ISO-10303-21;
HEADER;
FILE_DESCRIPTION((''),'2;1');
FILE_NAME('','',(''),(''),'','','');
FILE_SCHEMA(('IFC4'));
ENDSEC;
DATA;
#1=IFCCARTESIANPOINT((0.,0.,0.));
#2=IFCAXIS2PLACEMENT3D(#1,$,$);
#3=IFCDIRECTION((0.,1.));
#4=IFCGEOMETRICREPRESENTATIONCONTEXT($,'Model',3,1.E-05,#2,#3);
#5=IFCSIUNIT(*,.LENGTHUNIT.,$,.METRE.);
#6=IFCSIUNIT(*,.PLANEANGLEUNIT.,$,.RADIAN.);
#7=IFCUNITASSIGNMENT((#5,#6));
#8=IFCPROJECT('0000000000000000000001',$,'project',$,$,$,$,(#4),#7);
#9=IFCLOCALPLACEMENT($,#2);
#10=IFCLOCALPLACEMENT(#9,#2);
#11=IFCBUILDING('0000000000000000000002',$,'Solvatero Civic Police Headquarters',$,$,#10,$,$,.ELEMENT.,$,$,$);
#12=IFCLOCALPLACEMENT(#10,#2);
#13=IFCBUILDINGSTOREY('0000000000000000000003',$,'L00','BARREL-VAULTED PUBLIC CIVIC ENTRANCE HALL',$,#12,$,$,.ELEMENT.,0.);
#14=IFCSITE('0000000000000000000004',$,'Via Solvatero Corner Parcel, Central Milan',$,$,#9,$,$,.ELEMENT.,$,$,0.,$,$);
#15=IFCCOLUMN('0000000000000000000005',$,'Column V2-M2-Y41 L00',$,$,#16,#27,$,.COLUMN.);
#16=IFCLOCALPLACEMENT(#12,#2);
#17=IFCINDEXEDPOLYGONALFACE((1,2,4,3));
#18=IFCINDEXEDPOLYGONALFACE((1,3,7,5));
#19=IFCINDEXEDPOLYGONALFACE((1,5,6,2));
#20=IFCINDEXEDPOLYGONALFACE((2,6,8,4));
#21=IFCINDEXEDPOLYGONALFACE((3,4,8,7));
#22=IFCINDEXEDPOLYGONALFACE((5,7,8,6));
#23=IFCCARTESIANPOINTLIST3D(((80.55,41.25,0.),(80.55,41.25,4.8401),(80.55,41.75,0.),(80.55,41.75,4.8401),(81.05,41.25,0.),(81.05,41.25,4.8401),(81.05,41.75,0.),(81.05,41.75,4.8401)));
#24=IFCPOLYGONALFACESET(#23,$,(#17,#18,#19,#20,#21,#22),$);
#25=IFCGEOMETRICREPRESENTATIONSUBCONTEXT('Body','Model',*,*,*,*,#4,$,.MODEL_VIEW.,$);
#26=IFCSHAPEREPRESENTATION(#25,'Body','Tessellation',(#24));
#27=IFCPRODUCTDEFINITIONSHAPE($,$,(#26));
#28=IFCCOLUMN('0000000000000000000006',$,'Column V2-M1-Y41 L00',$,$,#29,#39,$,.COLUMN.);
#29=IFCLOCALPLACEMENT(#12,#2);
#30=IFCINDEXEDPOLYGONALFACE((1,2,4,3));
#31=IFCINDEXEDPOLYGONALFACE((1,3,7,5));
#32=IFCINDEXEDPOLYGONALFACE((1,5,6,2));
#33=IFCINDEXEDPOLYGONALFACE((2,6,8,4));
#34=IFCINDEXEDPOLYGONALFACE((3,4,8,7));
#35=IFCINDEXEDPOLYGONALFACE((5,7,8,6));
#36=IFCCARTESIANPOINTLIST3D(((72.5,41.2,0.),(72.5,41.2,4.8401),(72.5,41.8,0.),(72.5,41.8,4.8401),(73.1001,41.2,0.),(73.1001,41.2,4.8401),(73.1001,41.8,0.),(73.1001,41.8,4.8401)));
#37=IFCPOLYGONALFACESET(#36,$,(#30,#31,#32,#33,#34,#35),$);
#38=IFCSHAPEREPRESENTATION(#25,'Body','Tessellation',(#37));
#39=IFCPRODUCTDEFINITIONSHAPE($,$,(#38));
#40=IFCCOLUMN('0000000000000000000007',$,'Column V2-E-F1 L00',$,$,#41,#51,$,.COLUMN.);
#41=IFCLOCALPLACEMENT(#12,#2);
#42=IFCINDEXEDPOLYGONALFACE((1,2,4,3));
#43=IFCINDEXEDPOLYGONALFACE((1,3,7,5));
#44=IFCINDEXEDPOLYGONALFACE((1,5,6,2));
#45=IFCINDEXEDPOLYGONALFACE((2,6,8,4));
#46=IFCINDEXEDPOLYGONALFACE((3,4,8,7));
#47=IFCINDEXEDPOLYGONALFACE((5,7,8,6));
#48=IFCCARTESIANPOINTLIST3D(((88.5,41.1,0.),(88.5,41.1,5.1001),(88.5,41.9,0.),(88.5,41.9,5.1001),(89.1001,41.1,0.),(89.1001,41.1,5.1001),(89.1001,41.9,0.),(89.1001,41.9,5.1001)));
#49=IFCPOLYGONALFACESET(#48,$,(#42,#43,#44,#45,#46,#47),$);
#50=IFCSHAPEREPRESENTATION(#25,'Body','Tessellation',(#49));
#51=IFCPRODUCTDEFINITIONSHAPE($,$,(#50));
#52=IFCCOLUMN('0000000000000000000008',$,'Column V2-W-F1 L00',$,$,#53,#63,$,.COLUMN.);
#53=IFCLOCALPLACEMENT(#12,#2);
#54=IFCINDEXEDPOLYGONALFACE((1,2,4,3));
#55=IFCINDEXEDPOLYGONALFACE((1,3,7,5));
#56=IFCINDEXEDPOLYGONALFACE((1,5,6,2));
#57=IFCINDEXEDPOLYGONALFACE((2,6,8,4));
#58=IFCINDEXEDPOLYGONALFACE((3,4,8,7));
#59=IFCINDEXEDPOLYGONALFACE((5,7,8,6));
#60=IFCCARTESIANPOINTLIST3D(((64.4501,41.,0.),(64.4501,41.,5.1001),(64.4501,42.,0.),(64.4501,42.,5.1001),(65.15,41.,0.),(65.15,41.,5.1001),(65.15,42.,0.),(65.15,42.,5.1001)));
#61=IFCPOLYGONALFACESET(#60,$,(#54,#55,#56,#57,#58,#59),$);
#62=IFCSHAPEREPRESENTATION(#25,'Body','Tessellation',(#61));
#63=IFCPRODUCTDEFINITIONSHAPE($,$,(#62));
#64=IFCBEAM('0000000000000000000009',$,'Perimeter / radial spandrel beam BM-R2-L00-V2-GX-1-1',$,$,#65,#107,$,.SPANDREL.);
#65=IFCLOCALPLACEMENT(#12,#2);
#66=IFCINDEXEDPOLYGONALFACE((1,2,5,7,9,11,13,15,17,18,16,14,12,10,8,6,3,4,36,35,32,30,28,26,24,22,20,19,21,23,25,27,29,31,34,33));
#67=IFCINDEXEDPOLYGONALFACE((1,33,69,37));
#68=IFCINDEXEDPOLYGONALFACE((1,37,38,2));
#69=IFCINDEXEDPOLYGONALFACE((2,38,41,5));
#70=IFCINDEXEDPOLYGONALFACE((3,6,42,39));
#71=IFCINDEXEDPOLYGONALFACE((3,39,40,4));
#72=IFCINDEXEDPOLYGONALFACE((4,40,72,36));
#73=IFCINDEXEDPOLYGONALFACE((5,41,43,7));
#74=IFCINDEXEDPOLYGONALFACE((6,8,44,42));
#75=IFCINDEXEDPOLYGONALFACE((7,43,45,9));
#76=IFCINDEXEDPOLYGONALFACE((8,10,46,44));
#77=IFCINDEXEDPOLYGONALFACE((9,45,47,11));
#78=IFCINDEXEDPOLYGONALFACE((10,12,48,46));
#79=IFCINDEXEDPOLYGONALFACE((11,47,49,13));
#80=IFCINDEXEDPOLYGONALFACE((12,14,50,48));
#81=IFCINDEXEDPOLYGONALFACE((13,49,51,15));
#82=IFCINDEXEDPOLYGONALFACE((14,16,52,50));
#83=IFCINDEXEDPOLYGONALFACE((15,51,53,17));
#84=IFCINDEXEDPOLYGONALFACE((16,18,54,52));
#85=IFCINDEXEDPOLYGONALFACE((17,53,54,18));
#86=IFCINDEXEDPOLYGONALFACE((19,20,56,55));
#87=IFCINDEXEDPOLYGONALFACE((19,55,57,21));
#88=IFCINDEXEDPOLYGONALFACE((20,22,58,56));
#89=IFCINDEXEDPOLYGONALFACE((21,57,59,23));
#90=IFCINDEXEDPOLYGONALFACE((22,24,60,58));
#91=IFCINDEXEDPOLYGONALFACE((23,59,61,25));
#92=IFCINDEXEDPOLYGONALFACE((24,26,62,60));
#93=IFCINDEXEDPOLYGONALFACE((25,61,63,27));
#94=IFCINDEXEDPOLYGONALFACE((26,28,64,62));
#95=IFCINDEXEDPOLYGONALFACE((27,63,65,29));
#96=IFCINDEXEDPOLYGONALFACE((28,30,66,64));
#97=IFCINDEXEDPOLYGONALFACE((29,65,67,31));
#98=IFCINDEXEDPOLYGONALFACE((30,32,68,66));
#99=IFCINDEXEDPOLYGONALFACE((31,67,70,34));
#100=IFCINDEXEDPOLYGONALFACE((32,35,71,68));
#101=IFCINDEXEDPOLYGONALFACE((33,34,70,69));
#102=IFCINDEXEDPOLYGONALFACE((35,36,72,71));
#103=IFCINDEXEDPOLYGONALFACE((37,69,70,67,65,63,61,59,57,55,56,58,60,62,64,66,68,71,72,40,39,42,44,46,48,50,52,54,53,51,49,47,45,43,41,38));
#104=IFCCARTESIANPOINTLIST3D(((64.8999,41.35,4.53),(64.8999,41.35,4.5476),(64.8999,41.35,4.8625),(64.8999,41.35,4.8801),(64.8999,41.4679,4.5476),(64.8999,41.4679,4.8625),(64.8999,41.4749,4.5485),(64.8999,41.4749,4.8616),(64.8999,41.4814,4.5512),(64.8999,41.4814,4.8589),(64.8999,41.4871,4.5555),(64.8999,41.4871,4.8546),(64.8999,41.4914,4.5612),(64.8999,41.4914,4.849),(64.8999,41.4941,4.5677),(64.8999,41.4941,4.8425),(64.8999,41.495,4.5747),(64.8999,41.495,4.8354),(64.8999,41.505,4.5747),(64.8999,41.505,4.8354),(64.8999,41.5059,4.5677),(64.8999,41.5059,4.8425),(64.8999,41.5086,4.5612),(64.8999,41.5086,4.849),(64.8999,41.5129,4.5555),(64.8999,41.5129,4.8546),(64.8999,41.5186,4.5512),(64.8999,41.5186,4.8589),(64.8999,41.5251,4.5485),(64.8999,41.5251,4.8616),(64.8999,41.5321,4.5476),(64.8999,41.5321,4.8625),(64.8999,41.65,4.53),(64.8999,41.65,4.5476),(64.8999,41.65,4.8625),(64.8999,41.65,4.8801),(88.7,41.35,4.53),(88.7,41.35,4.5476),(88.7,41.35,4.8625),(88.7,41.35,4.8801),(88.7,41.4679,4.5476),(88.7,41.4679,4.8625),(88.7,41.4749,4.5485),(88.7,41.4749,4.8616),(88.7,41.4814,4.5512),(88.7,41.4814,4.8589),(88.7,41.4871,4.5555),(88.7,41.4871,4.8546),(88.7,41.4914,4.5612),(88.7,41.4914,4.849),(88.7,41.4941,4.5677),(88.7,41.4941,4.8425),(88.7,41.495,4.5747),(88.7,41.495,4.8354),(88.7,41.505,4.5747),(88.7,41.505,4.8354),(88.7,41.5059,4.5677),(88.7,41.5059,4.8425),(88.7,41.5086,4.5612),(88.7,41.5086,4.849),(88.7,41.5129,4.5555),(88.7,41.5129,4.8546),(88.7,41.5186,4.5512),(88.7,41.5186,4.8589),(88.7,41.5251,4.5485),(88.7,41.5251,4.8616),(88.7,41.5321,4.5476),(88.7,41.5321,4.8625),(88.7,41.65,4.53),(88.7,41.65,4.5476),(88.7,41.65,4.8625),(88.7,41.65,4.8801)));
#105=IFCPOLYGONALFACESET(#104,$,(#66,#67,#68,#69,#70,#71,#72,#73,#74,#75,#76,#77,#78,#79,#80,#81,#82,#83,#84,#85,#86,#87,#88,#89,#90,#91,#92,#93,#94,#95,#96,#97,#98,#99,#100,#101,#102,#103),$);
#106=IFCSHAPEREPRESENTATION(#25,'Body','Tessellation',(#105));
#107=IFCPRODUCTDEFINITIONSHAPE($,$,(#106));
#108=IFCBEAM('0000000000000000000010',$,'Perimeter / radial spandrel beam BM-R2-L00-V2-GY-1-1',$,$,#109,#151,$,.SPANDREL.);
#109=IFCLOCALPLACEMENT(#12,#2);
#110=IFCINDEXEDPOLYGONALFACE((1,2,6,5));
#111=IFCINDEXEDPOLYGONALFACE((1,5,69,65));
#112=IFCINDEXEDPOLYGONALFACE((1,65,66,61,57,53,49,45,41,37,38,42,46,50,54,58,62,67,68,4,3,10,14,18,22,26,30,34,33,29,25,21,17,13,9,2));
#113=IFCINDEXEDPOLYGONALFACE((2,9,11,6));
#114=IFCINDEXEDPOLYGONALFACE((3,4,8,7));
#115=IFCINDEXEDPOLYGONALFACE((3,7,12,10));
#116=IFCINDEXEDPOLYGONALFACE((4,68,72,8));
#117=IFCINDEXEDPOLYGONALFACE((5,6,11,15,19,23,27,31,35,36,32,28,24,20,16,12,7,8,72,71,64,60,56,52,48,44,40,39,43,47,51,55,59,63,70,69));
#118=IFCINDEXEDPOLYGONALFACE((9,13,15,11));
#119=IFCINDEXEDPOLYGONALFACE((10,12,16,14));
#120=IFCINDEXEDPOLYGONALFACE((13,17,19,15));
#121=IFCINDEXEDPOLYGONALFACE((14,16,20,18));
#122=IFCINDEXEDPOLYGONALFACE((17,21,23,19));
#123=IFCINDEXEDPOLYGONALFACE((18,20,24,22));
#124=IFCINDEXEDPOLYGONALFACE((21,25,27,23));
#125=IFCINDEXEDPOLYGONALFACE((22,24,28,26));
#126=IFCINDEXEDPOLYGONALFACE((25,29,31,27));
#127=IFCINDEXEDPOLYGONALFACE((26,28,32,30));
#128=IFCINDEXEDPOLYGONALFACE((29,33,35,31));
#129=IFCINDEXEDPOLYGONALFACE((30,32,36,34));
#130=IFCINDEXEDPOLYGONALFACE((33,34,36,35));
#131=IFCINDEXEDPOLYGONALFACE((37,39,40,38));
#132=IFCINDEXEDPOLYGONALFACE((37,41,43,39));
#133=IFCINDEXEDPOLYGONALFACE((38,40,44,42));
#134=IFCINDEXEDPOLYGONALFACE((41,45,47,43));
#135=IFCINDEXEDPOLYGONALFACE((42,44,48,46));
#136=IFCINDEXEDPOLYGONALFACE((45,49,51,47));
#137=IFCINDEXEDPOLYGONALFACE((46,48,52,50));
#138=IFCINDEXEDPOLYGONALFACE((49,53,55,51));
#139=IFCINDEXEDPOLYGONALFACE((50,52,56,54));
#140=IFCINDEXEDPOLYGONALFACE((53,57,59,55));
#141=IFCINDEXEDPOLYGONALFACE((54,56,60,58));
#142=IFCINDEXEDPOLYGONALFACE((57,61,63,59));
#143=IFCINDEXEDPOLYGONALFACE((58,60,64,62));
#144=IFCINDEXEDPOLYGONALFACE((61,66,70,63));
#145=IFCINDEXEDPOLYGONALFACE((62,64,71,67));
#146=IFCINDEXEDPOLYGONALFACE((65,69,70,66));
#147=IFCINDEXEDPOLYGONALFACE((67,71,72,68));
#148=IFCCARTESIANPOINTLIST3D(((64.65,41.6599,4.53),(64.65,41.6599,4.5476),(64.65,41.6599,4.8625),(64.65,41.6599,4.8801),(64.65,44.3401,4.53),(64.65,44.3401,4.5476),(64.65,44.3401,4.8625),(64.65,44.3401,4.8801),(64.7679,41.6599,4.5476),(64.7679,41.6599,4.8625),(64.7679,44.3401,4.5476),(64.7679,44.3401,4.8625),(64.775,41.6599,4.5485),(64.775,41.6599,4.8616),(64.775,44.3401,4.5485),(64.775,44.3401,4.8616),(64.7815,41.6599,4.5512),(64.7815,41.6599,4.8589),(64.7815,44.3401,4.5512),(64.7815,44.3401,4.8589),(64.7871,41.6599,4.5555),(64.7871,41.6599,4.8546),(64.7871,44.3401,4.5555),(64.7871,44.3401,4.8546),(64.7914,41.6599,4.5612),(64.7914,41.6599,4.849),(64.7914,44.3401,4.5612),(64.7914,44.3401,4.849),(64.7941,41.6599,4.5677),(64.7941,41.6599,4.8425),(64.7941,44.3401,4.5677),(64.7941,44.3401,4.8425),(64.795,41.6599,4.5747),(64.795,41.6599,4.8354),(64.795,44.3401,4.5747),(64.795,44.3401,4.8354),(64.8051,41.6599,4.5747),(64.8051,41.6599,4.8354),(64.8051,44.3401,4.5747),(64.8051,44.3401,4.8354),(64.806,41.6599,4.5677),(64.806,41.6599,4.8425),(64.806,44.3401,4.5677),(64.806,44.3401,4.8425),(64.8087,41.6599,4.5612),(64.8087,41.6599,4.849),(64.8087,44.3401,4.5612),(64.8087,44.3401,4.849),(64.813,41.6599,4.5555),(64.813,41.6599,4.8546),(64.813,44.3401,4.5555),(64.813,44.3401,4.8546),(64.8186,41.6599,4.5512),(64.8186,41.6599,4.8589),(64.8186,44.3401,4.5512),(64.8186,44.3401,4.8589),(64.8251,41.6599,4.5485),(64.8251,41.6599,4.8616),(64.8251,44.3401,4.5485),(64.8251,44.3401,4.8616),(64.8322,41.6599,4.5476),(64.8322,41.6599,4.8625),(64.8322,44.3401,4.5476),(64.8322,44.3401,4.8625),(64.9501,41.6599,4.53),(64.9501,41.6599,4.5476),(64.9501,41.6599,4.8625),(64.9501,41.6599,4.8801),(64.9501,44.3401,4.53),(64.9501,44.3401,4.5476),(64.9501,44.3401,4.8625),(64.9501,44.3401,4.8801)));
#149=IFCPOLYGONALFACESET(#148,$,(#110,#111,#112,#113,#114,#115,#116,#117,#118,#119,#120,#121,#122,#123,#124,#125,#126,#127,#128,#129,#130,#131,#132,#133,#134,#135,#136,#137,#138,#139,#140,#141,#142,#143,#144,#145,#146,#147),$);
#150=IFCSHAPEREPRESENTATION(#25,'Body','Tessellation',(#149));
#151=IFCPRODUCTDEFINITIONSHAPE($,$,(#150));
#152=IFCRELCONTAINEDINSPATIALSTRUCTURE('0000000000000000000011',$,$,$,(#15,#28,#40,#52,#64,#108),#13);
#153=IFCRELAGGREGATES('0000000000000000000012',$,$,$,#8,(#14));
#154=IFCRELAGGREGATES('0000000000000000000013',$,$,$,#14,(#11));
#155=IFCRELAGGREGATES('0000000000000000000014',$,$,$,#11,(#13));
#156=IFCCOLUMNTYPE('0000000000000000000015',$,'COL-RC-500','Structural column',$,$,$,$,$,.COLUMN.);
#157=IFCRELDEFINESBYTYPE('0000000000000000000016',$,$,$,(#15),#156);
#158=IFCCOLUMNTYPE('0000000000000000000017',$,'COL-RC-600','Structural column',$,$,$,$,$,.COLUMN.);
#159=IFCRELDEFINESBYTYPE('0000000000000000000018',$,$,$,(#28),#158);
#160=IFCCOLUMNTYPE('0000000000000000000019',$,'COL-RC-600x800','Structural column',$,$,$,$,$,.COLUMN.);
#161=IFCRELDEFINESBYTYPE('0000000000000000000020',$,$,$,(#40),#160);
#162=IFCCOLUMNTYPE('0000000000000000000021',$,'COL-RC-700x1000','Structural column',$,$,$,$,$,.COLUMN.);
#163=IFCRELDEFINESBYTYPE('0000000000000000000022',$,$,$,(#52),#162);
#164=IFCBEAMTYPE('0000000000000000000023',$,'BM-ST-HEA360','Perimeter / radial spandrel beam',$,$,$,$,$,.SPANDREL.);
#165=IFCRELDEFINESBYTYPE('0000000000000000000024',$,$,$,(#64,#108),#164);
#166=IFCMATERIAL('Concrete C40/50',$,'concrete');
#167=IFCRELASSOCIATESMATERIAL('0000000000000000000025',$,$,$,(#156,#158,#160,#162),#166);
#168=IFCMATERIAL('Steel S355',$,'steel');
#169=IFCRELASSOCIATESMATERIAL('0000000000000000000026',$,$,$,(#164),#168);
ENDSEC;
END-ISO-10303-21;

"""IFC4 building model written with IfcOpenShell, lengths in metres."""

from ifc_helpers import new_model, si_unit, direction, frame, origin, origin_2d, place, context, subcontext, project, spatial, rectangle, i_section, extrude, material, material_profile, profile_set, type_object, element, save


model = new_model("IFC4")

# Units and contexts
model_context = context("Model", 3, precision=1e-05, world=origin(), true_north=direction((0.0, 1.0)))
body_context = subcontext(model_context, "Body", "Model", "MODEL_VIEW")
ifc_project = project(units=[si_unit("LENGTHUNIT", "METRE"), si_unit("PLANEANGLEUNIT", "RADIAN")], contexts=[model_context])

# Site, building, storey
site_placement = place(None, origin())
site = spatial("IfcSite", under=ifc_project, at=site_placement, Name="Via Solvatero Corner Parcel, Central Milan", CompositionType="ELEMENT", RefElevation=0.0)
building_placement = place(site_placement, origin())
building = spatial("IfcBuilding", under=site, at=building_placement, Name="Solvatero Civic Police Headquarters", CompositionType="ELEMENT")
storey_placement = place(building_placement, origin())
storey = spatial("IfcBuildingStorey", under=building, at=storey_placement, Name="L00", Description="BARREL-VAULTED PUBLIC CIVIC ENTRANCE HALL", CompositionType="ELEMENT", Elevation=0.0)

# Columns
ifc_material_1 = material(Name="Concrete C40/50", Category="concrete")
ifc_material_profile_1 = material_profile(ifc_material_1, rectangle(XDim=0.5, YDim=0.5, at=origin_2d()), Name="RC 500x500")
ifc_profile_set_1 = profile_set([ifc_material_profile_1], Name="Concrete C40/50")
column_type_1 = type_object("IfcColumnType", Name="COL-RC-500", Description="Structural column", PredefinedType="COLUMN", material=ifc_profile_set_1)
column_1_placement = place(storey_placement, frame((80.8, 41.5, 0.0), z_axis=(0.0, 0.0, 1.0), x_axis=(1.0, 0.0, 0.0)))
element("IfcColumn", 1, at=column_1_placement, inside=storey, type_object=column_type_1, Name="Column V2-M2-Y41 L00", PredefinedType="COLUMN", context=body_context, shape_type="SweptSolid", body=[
    extrude(rectangle(XDim=0.5, YDim=0.5, at=origin_2d()), origin(), (0.0, 0.0, 1.0), 4.8401),
])
ifc_material_profile_2 = material_profile(ifc_material_1, rectangle(XDim=0.6001, YDim=0.6001, at=origin_2d()), Name="RC 600x600")
ifc_profile_set_2 = profile_set([ifc_material_profile_2], Name="Concrete C40/50")
column_type_2 = type_object("IfcColumnType", Name="COL-RC-600", Description="Structural column", PredefinedType="COLUMN", material=ifc_profile_set_2)
column_2_placement = place(storey_placement, frame((72.8, 41.5, 0.0), z_axis=(0.0, 0.0, 1.0), x_axis=(1.0, 0.0, 0.0)))
element("IfcColumn", 2, at=column_2_placement, inside=storey, type_object=column_type_2, Name="Column V2-M1-Y41 L00", PredefinedType="COLUMN", context=body_context, shape_type="SweptSolid", body=[
    extrude(rectangle(XDim=0.6001, YDim=0.6001, at=origin_2d()), origin(), (0.0, 0.0, 1.0), 4.8401),
])
ifc_material_profile_3 = material_profile(ifc_material_1, rectangle(XDim=0.6001, YDim=0.8, at=origin_2d()), Name="RC 600x800")
ifc_profile_set_3 = profile_set([ifc_material_profile_3], Name="Concrete C40/50")
column_type_3 = type_object("IfcColumnType", Name="COL-RC-600x800", Description="Structural column", PredefinedType="COLUMN", material=ifc_profile_set_3)
column_3_placement = place(storey_placement, frame((88.8, 41.5, 0.0), z_axis=(0.0, 0.0, 1.0), x_axis=(1.0, 0.0, 0.0)))
element("IfcColumn", 3, at=column_3_placement, inside=storey, type_object=column_type_3, Name="Column V2-E-F1 L00", PredefinedType="COLUMN", context=body_context, shape_type="SweptSolid", body=[
    extrude(rectangle(XDim=0.6001, YDim=0.8, at=origin_2d()), origin(), (0.0, 0.0, 1.0), 5.1001),
])
ifc_material_profile_4 = material_profile(ifc_material_1, rectangle(XDim=0.7, YDim=1.0, at=origin_2d()), Name="RC 700x1000")
ifc_profile_set_4 = profile_set([ifc_material_profile_4], Name="Concrete C40/50")
column_type_4 = type_object("IfcColumnType", Name="COL-RC-700x1000", Description="Structural column", PredefinedType="COLUMN", material=ifc_profile_set_4)
column_4_placement = place(storey_placement, frame((64.8, 41.5, 0.0), z_axis=(0.0, 0.0, 1.0), x_axis=(1.0, 0.0, 0.0)))
element("IfcColumn", 4, at=column_4_placement, inside=storey, type_object=column_type_4, Name="Column V2-W-F1 L00", PredefinedType="COLUMN", context=body_context, shape_type="SweptSolid", body=[
    extrude(rectangle(XDim=0.7, YDim=1.0, at=origin_2d()), origin(), (0.0, 0.0, 1.0), 5.1001),
])

# Beams
ifc_material_2 = material(Name="Steel S355", Category="steel")
ifc_material_profile_5 = material_profile(ifc_material_2, i_section(OverallWidth=0.3, OverallDepth=0.3501, WebThickness=0.01, FlangeThickness=0.0176, FilletRadius=0.0271, at=origin_2d()), Name="HEA 360")
ifc_profile_set_5 = profile_set([ifc_material_profile_5], Name="Steel S355")
beam_type_1 = type_object("IfcBeamType", Name="BM-ST-HEA360", Description="Perimeter / radial spandrel beam", PredefinedType="SPANDREL", material=ifc_profile_set_5)
beam_placement = place(storey_placement, frame((64.8999, 41.5, 4.7051), z_axis=(1.0, 0.0, 0.0), x_axis=(0.0, 1.0, 0.0)))
element("IfcBeam", 5, at=beam_placement, inside=storey, type_object=beam_type_1, Name="Perimeter / radial spandrel beam BM-R2-L00-V2-GX-1-1", PredefinedType="SPANDREL", context=body_context, shape_type="SweptSolid", body=[
    extrude(i_section(OverallWidth=0.3, OverallDepth=0.3501, WebThickness=0.01, FlangeThickness=0.0176, FilletRadius=0.0271, at=origin_2d()), origin(), (0.0, 0.0, 1.0), 23.8),
])
for number, where, z_axis, x_axis, name in (
    (6, (64.8, 41.6599, 4.7051), (0.0, 1.0, 0.0), (-1.0, 0.0, 0.0), "Perimeter / radial spandrel beam BM-R2-L00-V2-GY-1-1"),
):
    element("IfcBeam", number, at=place(storey_placement, frame(where, z_axis=z_axis, x_axis=x_axis)), inside=storey, type_object=beam_type_1, Name=name, PredefinedType="SPANDREL", context=body_context, shape_type="SweptSolid", body=[
        extrude(i_section(OverallWidth=0.3, OverallDepth=0.3501, WebThickness=0.01, FlangeThickness=0.0176, FilletRadius=0.0271, at=origin_2d()), origin(), (0.0, 0.0, 1.0), 2.6802),
    ])

save(model, "model.ifc")
